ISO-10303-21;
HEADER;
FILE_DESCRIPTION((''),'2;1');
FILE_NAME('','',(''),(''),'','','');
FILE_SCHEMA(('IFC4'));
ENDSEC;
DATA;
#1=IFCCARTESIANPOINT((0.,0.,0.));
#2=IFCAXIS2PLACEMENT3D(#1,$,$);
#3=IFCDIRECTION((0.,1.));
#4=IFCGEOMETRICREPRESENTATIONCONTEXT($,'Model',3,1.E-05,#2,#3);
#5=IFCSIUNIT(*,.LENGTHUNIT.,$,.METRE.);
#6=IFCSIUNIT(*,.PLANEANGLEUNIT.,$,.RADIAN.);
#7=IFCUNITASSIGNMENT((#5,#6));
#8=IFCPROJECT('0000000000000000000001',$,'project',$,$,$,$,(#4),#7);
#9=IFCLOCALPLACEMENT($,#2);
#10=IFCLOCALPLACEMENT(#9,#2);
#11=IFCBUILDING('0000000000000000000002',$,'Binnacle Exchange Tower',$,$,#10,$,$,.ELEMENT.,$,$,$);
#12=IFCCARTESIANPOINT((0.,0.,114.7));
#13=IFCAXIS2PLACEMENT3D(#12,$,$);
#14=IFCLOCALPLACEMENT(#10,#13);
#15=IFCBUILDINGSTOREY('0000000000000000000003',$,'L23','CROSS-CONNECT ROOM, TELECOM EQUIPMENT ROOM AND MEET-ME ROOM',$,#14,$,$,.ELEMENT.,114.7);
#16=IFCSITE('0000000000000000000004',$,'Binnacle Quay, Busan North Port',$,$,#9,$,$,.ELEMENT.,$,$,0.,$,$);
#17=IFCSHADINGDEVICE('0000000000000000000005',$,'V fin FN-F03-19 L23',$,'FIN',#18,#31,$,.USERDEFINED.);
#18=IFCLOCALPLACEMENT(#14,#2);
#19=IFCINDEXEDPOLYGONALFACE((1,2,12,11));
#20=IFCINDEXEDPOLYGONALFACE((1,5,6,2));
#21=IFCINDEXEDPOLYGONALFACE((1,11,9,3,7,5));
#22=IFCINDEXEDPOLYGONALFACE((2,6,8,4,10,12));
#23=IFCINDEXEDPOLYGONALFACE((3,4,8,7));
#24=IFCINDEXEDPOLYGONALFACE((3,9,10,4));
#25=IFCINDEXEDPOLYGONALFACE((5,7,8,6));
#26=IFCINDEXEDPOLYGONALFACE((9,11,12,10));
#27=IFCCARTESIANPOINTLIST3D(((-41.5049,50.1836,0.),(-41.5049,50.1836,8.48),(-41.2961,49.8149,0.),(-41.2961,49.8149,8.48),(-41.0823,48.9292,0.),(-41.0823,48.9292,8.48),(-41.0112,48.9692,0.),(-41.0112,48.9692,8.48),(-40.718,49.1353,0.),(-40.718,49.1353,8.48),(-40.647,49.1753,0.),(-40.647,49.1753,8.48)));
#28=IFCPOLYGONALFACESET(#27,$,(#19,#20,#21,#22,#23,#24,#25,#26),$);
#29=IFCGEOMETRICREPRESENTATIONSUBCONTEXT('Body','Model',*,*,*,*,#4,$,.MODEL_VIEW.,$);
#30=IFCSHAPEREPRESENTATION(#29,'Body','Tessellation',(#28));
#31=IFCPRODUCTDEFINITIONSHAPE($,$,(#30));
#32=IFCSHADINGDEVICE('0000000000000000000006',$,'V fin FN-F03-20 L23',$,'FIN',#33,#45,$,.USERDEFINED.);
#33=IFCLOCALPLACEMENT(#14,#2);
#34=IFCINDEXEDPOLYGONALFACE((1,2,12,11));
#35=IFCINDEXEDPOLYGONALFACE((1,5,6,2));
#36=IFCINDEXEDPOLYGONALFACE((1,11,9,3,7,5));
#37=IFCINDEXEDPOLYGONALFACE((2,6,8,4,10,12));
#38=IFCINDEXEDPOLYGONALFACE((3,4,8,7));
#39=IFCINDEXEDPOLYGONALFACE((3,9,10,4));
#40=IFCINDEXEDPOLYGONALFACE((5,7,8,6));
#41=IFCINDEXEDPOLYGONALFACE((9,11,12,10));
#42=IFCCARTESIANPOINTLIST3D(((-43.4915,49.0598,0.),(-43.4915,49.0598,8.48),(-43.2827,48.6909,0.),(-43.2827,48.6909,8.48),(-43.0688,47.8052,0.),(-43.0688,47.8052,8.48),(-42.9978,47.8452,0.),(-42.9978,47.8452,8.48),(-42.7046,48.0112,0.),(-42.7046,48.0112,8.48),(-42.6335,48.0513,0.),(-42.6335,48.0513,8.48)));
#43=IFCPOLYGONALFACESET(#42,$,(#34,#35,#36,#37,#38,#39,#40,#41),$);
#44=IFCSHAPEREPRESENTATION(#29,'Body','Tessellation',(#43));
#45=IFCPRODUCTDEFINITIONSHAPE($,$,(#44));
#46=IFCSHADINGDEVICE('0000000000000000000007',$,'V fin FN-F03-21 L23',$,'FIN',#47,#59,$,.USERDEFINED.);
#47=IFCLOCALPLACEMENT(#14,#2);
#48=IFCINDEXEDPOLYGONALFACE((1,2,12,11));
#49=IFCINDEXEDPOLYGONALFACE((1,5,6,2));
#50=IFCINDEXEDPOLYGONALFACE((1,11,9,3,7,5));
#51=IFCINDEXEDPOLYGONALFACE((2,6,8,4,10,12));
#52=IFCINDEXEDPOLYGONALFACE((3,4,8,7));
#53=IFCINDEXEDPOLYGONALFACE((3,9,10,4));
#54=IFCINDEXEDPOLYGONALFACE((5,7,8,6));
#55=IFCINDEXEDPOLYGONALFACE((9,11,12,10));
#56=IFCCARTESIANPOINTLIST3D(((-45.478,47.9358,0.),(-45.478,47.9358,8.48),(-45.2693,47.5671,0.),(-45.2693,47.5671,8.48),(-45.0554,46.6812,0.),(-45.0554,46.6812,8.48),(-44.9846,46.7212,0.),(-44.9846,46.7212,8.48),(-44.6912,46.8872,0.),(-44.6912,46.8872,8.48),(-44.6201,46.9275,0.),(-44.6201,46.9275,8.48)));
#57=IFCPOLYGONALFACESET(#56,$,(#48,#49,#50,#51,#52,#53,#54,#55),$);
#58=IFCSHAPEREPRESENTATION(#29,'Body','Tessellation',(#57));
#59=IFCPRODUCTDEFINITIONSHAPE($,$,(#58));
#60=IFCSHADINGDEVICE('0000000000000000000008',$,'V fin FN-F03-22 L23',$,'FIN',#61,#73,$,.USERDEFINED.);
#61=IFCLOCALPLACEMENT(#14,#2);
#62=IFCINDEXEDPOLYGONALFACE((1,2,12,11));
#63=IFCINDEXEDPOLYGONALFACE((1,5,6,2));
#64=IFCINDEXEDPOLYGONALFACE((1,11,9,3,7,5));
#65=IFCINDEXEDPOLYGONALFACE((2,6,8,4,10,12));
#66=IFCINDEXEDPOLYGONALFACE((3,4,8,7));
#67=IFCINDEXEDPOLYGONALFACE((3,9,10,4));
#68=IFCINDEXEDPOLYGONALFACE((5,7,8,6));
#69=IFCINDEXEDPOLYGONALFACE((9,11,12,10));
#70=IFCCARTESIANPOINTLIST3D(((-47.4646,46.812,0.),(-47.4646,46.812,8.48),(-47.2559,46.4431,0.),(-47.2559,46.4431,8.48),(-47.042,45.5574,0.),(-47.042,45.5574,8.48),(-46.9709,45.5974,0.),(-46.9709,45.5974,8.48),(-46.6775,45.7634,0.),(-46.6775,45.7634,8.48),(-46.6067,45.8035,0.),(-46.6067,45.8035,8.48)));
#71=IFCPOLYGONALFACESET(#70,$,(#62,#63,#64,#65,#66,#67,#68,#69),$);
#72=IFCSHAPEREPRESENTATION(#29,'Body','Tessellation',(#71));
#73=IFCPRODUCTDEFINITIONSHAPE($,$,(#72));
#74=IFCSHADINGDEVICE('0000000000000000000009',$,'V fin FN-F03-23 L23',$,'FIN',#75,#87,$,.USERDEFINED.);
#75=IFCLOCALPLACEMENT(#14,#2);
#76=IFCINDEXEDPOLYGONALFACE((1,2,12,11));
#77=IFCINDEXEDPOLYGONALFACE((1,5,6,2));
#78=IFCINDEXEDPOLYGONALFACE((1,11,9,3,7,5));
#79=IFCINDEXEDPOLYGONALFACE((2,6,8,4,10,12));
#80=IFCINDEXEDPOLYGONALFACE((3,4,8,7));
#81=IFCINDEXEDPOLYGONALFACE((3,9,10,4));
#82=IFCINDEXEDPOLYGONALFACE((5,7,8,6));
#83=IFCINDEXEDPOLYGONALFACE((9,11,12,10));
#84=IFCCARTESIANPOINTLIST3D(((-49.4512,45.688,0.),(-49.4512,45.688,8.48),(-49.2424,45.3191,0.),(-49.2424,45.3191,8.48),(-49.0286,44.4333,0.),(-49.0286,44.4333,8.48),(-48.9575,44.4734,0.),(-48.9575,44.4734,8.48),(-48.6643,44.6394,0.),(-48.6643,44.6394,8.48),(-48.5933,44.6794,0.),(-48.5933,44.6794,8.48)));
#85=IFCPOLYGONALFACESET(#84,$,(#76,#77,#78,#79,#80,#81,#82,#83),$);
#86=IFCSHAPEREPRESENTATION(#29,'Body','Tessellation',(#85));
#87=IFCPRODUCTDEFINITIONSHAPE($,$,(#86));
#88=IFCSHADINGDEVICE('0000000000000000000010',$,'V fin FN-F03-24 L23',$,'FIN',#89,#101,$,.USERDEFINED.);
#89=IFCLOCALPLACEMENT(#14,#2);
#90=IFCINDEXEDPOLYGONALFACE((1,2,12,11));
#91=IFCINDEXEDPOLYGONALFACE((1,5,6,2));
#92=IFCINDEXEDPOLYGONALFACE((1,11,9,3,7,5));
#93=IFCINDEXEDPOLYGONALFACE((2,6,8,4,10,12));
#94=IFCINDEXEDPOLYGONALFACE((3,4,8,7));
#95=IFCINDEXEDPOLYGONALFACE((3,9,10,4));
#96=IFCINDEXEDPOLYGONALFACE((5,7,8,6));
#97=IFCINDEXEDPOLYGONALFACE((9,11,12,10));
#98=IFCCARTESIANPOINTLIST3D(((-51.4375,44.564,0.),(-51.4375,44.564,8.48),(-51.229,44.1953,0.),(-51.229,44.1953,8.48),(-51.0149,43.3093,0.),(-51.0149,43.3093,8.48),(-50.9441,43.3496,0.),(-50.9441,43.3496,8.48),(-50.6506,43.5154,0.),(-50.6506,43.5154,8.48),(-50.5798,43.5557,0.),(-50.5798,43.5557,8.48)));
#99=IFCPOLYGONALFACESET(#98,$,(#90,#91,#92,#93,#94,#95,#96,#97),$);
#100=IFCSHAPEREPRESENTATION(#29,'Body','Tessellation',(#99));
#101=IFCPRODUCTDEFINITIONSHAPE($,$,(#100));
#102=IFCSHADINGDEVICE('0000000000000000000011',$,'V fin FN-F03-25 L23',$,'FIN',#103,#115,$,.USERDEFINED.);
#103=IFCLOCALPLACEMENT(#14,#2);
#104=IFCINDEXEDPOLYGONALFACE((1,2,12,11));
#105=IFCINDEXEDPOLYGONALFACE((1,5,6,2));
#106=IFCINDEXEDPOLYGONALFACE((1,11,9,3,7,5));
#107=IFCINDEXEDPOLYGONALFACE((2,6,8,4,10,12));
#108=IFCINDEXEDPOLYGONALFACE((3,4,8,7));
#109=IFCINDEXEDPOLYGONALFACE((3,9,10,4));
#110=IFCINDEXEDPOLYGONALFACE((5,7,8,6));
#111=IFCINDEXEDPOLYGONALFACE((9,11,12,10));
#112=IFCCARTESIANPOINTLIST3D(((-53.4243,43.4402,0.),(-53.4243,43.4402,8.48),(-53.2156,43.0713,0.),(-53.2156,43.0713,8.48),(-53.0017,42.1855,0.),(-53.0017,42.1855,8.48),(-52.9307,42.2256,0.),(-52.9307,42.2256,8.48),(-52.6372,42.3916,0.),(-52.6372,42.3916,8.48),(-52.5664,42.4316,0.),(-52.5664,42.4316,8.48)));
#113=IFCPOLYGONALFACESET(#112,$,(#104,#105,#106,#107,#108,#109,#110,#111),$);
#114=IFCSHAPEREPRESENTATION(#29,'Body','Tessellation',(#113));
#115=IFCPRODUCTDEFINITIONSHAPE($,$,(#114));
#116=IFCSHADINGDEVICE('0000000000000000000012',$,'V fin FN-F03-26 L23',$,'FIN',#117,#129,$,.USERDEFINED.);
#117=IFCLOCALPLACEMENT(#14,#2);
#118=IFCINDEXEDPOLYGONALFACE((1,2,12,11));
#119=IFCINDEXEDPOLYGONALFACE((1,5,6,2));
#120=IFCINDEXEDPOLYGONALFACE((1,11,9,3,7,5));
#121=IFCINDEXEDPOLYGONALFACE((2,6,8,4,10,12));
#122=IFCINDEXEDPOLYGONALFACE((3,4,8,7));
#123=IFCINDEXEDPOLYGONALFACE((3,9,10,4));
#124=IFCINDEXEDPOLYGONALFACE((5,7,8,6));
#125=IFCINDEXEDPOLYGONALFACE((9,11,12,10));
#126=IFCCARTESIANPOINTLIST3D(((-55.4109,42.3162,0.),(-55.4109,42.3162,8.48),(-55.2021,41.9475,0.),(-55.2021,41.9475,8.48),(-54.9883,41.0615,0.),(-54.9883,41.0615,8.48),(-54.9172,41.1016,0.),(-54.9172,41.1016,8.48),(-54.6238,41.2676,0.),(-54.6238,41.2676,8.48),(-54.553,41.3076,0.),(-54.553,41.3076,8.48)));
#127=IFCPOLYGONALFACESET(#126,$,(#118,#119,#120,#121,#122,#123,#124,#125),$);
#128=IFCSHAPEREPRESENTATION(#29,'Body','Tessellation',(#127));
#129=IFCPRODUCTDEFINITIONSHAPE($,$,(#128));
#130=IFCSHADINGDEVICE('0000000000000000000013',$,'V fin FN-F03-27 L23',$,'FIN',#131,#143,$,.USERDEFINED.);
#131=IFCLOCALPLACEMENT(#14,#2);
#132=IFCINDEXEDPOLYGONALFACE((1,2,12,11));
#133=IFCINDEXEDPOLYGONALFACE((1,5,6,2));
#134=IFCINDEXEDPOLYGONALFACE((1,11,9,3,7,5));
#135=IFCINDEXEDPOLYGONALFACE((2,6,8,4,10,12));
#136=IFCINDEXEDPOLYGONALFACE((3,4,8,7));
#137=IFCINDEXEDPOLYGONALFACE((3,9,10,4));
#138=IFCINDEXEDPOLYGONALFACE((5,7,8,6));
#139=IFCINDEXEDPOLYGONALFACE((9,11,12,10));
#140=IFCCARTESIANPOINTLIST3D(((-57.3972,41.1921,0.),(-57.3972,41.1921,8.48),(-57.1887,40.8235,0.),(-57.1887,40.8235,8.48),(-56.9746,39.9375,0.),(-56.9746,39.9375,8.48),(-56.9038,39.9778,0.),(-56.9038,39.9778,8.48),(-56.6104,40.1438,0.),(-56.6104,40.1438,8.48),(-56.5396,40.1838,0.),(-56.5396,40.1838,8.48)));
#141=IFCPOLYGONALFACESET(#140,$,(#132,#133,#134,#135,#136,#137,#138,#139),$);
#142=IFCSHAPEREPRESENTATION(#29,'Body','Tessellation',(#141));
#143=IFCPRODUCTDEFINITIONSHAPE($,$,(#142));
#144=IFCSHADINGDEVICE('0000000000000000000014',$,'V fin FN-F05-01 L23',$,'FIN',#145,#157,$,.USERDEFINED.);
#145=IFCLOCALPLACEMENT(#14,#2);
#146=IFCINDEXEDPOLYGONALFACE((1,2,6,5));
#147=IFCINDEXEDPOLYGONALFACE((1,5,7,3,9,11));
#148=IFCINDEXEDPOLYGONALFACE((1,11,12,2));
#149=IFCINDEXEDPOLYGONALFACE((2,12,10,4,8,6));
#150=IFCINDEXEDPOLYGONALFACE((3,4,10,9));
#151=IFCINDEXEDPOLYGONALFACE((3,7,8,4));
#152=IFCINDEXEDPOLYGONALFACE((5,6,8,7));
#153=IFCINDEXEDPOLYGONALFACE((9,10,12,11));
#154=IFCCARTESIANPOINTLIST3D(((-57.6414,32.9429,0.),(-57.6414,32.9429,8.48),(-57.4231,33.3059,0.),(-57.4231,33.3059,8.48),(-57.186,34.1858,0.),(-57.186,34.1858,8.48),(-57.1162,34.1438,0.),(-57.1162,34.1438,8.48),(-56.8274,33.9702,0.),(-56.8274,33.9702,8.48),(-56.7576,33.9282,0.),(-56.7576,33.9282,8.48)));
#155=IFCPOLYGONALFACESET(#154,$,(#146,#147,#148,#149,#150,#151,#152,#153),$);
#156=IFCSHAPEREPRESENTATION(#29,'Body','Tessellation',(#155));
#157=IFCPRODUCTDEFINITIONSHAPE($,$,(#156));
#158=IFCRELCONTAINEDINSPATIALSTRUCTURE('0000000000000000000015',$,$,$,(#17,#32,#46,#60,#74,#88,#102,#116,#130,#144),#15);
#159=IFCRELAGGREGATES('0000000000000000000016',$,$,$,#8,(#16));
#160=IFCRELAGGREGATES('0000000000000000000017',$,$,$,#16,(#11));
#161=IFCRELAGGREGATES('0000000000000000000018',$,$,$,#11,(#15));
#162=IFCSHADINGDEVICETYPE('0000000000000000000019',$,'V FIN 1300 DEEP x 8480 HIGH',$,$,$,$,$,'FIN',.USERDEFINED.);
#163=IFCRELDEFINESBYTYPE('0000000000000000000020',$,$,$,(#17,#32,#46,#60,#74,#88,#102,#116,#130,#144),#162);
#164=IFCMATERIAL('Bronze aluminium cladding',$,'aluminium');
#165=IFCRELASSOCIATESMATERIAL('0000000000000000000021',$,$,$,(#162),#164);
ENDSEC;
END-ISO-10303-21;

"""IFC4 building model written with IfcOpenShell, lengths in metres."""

from ifc_helpers import new_model, si_unit, direction, frame, origin, place, context, subcontext, project, spatial, polyline, outline, extrude, material, type_object, element, save


model = new_model("IFC4")

# Units and contexts
model_context = context("Model", 3, precision=1e-05, world=origin(), true_north=direction((0.0, 1.0)))
body_context = subcontext(model_context, "Body", "Model", "MODEL_VIEW")
ifc_project = project(units=[si_unit("LENGTHUNIT", "METRE"), si_unit("PLANEANGLEUNIT", "RADIAN")], contexts=[model_context])

# Site, building, storey
site_placement = place(None, origin())
site = spatial("IfcSite", under=ifc_project, at=site_placement, Name="Binnacle Quay, Busan North Port", CompositionType="ELEMENT", RefElevation=0.0)
building_placement = place(site_placement, origin())
building = spatial("IfcBuilding", under=site, at=building_placement, Name="Binnacle Exchange Tower", CompositionType="ELEMENT")
storey_placement = place(building_placement, frame((0.0, 0.0, 114.7)))
storey = spatial("IfcBuildingStorey", under=building, at=storey_placement, Name="L23", Description="CROSS-CONNECT ROOM, TELECOM EQUIPMENT ROOM AND MEET-ME ROOM", CompositionType="ELEMENT", Elevation=114.7)

# Shading devices
ifc_material = material(Name="Bronze aluminium cladding", Category="aluminium")
shading_device_type = type_object("IfcShadingDeviceType", Name="V FIN 1300 DEEP x 8480 HIGH", ElementType="FIN", PredefinedType="USERDEFINED", material=ifc_material)
shading_device_1_placement = place(storey_placement, origin())
element("IfcShadingDevice", 1, at=shading_device_1_placement, inside=storey, type_object=shading_device_type, Name="V fin FN-F03-19 L23", ObjectType="FIN", PredefinedType="USERDEFINED", context=body_context, shape_type="SweptSolid", body=[
    extrude(outline(polyline([(-40.647, 49.1753), (-41.5049, 50.1836), (-41.0823, 48.9292), (-41.0112, 48.9692), (-41.2961, 49.8149), (-40.718, 49.1353), (-40.647, 49.1753)])), origin(), (0.0, 0.0, 1.0), 8.48),
])
shading_device_2_placement = place(storey_placement, origin())
element("IfcShadingDevice", 2, at=shading_device_2_placement, inside=storey, type_object=shading_device_type, Name="V fin FN-F03-20 L23", ObjectType="FIN", PredefinedType="USERDEFINED", context=body_context, shape_type="SweptSolid", body=[
    extrude(outline(polyline([(-42.6335, 48.0513), (-43.4915, 49.0598), (-43.0688, 47.8052), (-42.9978, 47.8452), (-43.2827, 48.6909), (-42.7046, 48.0112), (-42.6335, 48.0513)])), origin(), (0.0, 0.0, 1.0), 8.48),
])
shading_device_3_placement = place(storey_placement, origin())
element("IfcShadingDevice", 3, at=shading_device_3_placement, inside=storey, type_object=shading_device_type, Name="V fin FN-F03-21 L23", ObjectType="FIN", PredefinedType="USERDEFINED", context=body_context, shape_type="SweptSolid", body=[
    extrude(outline(polyline([(-44.6201, 46.9275), (-45.478, 47.9358), (-45.0554, 46.6812), (-44.9846, 46.7212), (-45.2693, 47.5671), (-44.6912, 46.8872), (-44.6201, 46.9275)])), origin(), (0.0, 0.0, 1.0), 8.48),
])
shading_device_4_placement = place(storey_placement, origin())
element("IfcShadingDevice", 4, at=shading_device_4_placement, inside=storey, type_object=shading_device_type, Name="V fin FN-F03-22 L23", ObjectType="FIN", PredefinedType="USERDEFINED", context=body_context, shape_type="SweptSolid", body=[
    extrude(outline(polyline([(-46.6067, 45.8035), (-47.4646, 46.812), (-47.042, 45.5574), (-46.9709, 45.5974), (-47.2559, 46.4431), (-46.6775, 45.7634), (-46.6067, 45.8035)])), origin(), (0.0, 0.0, 1.0), 8.48),
])
shading_device_5_placement = place(storey_placement, origin())
element("IfcShadingDevice", 5, at=shading_device_5_placement, inside=storey, type_object=shading_device_type, Name="V fin FN-F03-23 L23", ObjectType="FIN", PredefinedType="USERDEFINED", context=body_context, shape_type="SweptSolid", body=[
    extrude(outline(polyline([(-48.5933, 44.6794), (-49.4512, 45.688), (-49.0286, 44.4333), (-48.9575, 44.4734), (-49.2424, 45.3191), (-48.6643, 44.6394), (-48.5933, 44.6794)])), origin(), (0.0, 0.0, 1.0), 8.48),
])
shading_device_6_placement = place(storey_placement, origin())
element("IfcShadingDevice", 6, at=shading_device_6_placement, inside=storey, type_object=shading_device_type, Name="V fin FN-F03-24 L23", ObjectType="FIN", PredefinedType="USERDEFINED", context=body_context, shape_type="SweptSolid", body=[
    extrude(outline(polyline([(-50.5798, 43.5557), (-51.4375, 44.564), (-51.0149, 43.3093), (-50.9441, 43.3496), (-51.229, 44.1953), (-50.6506, 43.5154), (-50.5798, 43.5557)])), origin(), (0.0, 0.0, 1.0), 8.48),
])
shading_device_7_placement = place(storey_placement, origin())
element("IfcShadingDevice", 7, at=shading_device_7_placement, inside=storey, type_object=shading_device_type, Name="V fin FN-F03-25 L23", ObjectType="FIN", PredefinedType="USERDEFINED", context=body_context, shape_type="SweptSolid", body=[
    extrude(outline(polyline([(-52.5664, 42.4316), (-53.4243, 43.4402), (-53.0017, 42.1855), (-52.9307, 42.2256), (-53.2156, 43.0713), (-52.6372, 42.3916), (-52.5664, 42.4316)])), origin(), (0.0, 0.0, 1.0), 8.48),
])
shading_device_8_placement = place(storey_placement, origin())
element("IfcShadingDevice", 8, at=shading_device_8_placement, inside=storey, type_object=shading_device_type, Name="V fin FN-F03-26 L23", ObjectType="FIN", PredefinedType="USERDEFINED", context=body_context, shape_type="SweptSolid", body=[
    extrude(outline(polyline([(-54.553, 41.3076), (-55.4109, 42.3162), (-54.9883, 41.0615), (-54.9172, 41.1016), (-55.2021, 41.9475), (-54.6238, 41.2676), (-54.553, 41.3076)])), origin(), (0.0, 0.0, 1.0), 8.48),
])
shading_device_9_placement = place(storey_placement, origin())
element("IfcShadingDevice", 9, at=shading_device_9_placement, inside=storey, type_object=shading_device_type, Name="V fin FN-F03-27 L23", ObjectType="FIN", PredefinedType="USERDEFINED", context=body_context, shape_type="SweptSolid", body=[
    extrude(outline(polyline([(-56.5396, 40.1838), (-57.3972, 41.1921), (-56.9746, 39.9375), (-56.9038, 39.9778), (-57.1887, 40.8235), (-56.6104, 40.1438), (-56.5396, 40.1838)])), origin(), (0.0, 0.0, 1.0), 8.48),
])
shading_device_10_placement = place(storey_placement, origin())
element("IfcShadingDevice", 10, at=shading_device_10_placement, inside=storey, type_object=shading_device_type, Name="V fin FN-F05-01 L23", ObjectType="FIN", PredefinedType="USERDEFINED", context=body_context, shape_type="SweptSolid", body=[
    extrude(outline(polyline([(-57.186, 34.1858), (-57.6414, 32.9429), (-56.7576, 33.9282), (-56.8274, 33.9702), (-57.4231, 33.3059), (-57.1162, 34.1438), (-57.186, 34.1858)])), origin(), (0.0, 0.0, 1.0), 8.48),
])

save(model, "model.ifc")
